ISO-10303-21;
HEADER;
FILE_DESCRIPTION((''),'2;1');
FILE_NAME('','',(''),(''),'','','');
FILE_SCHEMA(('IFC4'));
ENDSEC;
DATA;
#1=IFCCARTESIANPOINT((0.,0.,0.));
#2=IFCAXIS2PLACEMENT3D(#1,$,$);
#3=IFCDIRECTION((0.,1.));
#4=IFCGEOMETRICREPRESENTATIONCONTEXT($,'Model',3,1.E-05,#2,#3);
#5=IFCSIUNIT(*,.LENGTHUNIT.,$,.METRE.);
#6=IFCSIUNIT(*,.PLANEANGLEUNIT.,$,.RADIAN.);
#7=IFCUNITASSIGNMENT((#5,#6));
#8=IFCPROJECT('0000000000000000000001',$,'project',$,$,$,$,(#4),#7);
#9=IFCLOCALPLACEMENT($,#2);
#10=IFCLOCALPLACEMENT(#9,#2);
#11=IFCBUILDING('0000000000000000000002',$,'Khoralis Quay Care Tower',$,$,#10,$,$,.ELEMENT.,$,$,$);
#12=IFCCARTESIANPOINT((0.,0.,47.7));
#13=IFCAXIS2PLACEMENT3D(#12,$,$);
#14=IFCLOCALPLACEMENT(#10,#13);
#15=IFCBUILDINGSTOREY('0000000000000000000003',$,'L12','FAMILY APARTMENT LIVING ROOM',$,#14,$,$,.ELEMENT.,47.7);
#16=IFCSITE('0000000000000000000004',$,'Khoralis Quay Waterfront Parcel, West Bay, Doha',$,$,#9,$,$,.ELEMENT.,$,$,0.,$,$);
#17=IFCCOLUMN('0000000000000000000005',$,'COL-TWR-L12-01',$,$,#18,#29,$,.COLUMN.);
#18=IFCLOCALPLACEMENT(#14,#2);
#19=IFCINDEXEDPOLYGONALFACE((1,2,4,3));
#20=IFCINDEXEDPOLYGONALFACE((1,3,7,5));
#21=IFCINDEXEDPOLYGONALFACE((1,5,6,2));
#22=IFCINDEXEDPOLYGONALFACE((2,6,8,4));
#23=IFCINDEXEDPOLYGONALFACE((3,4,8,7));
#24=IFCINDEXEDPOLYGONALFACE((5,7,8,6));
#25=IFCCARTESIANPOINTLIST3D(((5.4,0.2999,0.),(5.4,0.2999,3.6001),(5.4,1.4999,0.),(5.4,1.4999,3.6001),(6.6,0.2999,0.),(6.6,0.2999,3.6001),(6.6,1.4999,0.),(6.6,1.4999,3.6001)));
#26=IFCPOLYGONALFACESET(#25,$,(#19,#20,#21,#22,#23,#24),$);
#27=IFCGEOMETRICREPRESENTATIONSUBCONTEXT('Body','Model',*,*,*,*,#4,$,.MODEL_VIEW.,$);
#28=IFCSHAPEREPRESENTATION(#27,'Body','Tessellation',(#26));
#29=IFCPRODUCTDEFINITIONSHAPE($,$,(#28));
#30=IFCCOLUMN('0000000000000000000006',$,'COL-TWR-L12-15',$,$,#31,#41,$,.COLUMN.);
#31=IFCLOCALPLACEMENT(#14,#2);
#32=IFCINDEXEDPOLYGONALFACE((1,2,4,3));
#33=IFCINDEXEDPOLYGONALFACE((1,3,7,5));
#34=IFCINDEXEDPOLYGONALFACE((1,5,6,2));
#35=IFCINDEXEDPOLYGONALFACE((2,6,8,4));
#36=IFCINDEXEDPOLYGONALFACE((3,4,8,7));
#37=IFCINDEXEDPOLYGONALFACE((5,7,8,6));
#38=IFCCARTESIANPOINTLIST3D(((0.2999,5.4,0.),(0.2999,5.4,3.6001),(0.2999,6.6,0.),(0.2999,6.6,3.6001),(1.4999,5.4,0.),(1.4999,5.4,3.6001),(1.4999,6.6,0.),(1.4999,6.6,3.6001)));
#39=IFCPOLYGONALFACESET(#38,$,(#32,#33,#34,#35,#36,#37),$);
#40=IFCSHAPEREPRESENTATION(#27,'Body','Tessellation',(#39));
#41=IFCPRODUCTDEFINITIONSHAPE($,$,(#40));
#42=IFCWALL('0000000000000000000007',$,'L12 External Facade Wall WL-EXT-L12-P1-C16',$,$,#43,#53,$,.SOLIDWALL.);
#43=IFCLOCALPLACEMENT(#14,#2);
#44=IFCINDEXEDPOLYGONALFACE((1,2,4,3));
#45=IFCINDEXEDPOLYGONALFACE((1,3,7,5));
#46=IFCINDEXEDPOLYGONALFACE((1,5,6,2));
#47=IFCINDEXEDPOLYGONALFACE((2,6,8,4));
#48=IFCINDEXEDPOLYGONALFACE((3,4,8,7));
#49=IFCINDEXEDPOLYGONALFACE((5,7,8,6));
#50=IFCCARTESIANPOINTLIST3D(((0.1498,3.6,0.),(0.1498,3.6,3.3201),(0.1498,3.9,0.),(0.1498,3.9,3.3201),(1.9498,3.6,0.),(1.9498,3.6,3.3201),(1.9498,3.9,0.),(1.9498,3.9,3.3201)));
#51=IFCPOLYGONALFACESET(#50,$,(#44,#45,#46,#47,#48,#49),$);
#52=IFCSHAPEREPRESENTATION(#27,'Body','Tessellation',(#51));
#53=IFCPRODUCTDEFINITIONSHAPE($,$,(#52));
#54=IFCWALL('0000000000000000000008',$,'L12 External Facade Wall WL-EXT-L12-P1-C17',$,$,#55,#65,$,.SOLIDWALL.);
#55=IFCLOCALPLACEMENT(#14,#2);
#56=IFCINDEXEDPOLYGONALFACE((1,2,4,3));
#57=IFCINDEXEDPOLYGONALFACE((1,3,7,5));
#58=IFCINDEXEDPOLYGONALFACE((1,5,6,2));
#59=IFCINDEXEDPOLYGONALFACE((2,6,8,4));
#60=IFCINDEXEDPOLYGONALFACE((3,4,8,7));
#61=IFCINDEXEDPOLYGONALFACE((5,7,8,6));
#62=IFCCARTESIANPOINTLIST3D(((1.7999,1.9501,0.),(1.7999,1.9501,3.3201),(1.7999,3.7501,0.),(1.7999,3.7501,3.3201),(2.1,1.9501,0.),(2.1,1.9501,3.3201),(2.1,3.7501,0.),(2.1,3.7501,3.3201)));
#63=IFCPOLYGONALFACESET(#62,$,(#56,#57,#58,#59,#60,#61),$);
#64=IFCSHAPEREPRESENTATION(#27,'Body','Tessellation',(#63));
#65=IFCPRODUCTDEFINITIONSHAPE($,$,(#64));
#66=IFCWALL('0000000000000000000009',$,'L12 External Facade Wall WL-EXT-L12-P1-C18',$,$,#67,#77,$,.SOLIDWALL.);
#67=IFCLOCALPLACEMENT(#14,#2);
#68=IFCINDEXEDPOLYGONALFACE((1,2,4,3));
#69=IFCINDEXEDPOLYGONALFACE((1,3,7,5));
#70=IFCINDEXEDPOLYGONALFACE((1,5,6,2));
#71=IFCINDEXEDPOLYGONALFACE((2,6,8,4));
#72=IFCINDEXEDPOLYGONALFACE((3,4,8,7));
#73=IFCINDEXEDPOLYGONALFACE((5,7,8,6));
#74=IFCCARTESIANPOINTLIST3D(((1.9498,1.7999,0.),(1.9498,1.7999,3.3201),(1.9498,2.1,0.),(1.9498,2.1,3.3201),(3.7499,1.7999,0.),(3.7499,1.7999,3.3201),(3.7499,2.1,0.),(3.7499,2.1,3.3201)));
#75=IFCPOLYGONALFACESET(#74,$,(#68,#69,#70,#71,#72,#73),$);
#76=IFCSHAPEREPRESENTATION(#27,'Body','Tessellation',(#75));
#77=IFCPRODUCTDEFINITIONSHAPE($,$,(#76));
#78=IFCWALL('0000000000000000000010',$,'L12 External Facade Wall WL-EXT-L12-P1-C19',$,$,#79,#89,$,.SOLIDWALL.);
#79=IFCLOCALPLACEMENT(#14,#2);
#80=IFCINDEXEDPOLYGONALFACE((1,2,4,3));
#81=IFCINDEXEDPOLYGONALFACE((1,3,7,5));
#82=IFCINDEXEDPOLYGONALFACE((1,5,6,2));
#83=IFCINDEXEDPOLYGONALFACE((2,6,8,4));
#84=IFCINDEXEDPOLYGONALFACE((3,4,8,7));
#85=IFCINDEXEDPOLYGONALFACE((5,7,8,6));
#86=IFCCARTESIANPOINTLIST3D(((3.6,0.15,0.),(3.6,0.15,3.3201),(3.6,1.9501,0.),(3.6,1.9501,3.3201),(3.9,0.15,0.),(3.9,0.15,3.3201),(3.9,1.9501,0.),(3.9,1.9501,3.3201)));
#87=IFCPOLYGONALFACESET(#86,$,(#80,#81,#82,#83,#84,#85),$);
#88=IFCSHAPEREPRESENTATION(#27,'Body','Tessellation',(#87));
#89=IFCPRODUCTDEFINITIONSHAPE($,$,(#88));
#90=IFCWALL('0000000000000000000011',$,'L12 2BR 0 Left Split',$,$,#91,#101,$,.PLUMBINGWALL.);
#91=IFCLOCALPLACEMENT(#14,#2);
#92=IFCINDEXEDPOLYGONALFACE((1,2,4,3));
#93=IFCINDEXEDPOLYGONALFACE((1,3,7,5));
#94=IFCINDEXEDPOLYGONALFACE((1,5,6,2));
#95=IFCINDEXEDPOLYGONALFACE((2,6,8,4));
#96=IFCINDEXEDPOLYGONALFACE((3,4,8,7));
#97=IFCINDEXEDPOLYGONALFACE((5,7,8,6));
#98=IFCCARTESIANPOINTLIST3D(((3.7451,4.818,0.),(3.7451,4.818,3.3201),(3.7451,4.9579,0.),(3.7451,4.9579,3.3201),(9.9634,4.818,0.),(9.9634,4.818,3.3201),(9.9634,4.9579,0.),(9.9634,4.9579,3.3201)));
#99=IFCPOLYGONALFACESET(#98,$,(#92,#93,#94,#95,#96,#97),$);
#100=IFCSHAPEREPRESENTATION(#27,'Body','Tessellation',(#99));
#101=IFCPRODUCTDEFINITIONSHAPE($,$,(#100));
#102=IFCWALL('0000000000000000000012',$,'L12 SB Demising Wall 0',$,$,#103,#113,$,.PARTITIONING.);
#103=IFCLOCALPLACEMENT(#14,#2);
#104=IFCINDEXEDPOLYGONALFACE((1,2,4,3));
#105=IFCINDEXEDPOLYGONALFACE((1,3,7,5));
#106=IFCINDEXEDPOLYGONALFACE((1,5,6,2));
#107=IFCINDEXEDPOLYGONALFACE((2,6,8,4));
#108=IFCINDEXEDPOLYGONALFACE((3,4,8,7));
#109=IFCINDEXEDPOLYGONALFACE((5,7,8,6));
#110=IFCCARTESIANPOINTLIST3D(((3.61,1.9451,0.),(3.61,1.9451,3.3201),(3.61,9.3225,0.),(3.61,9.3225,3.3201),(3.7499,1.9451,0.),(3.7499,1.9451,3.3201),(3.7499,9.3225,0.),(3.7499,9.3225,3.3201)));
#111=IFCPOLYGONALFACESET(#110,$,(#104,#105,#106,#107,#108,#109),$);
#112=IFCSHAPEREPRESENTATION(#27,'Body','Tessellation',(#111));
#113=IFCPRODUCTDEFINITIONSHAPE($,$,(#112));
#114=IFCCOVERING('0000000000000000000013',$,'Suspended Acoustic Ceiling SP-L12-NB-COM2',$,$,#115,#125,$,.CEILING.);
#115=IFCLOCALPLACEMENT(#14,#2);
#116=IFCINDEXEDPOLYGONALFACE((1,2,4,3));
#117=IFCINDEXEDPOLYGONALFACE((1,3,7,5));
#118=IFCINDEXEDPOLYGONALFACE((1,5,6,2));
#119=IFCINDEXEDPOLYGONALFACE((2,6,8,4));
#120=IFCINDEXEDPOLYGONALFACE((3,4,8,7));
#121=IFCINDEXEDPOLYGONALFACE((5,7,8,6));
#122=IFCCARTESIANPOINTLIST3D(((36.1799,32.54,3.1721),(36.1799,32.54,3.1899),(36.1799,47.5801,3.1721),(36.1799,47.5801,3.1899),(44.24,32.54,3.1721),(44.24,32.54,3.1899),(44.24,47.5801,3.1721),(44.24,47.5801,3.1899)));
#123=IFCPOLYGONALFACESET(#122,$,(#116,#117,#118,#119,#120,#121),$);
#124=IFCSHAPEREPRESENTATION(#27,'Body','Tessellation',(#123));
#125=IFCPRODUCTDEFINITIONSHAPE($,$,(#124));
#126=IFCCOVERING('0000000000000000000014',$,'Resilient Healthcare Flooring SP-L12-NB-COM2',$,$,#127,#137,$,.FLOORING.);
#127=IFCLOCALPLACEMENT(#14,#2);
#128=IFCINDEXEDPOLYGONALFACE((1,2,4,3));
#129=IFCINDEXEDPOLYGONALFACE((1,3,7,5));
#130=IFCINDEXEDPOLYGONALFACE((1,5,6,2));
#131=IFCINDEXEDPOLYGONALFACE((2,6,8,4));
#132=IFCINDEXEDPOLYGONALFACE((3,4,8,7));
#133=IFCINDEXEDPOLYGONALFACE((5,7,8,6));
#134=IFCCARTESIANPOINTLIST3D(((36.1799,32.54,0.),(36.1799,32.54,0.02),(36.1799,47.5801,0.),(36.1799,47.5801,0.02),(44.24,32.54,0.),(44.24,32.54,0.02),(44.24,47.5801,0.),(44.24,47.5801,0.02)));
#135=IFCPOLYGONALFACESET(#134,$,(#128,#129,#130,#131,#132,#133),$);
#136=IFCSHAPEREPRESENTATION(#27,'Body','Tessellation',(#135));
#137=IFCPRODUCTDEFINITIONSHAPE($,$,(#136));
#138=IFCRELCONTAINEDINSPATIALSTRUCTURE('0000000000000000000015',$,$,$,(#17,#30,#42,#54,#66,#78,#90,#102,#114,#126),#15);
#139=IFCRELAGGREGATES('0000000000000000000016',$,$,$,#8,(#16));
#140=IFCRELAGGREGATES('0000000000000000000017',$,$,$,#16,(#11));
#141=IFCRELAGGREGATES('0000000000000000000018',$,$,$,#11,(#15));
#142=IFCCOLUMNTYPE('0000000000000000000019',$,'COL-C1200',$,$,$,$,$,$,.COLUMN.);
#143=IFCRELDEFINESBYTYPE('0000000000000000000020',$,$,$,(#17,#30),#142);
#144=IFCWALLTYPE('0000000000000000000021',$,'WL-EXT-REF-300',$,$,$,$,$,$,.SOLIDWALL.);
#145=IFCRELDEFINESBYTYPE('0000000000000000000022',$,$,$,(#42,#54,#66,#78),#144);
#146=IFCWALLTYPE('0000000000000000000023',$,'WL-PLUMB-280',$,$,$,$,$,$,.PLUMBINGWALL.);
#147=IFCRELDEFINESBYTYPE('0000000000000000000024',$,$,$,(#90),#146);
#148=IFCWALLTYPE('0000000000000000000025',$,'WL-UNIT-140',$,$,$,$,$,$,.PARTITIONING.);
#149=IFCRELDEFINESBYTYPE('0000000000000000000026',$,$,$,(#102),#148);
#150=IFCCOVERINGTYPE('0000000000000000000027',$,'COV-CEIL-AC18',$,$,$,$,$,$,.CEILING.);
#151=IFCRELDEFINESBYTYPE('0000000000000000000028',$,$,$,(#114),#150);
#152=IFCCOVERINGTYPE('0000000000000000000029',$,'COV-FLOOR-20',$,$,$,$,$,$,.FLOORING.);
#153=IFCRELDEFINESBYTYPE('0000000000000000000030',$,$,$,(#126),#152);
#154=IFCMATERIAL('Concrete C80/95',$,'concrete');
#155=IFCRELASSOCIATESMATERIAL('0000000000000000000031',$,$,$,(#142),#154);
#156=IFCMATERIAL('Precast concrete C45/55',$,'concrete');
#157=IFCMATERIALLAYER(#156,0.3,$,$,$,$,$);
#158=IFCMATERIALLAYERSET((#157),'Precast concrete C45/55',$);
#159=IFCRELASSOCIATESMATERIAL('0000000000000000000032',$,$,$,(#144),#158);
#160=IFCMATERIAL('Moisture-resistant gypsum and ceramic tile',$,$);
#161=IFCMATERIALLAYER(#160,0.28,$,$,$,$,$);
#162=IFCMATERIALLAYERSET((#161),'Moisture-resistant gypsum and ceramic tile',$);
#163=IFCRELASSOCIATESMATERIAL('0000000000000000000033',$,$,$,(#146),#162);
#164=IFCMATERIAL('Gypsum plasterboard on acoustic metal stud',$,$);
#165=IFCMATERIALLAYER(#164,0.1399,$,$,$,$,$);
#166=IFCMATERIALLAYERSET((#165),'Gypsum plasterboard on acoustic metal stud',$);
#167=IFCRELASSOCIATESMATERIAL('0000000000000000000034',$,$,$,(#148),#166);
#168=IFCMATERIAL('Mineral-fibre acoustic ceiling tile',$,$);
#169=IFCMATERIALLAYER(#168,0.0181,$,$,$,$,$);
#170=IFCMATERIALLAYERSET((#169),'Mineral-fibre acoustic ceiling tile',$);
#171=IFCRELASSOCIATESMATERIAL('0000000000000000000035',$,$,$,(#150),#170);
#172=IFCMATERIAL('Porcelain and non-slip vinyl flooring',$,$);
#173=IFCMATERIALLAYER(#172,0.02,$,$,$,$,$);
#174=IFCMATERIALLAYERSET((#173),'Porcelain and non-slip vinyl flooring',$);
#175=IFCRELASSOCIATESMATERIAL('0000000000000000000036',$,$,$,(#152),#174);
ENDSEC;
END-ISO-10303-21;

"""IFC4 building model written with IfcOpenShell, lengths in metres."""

from ifc_helpers import new_model, si_unit, direction, frame, frame_2d, origin, origin_2d, place, context, subcontext, project, spatial, polyline, rectangle, outline, extrude, source, transform, mapped, material, layer, layer_set, material_profile, profile_set, type_object, element, save


model = new_model("IFC4")

# Units and contexts
model_context = context("Model", 3, precision=1e-05, world=origin(), true_north=direction((0.0, 1.0)))
body_context = subcontext(model_context, "Body", "Model", "MODEL_VIEW")
ifc_project = project(units=[si_unit("LENGTHUNIT", "METRE"), si_unit("PLANEANGLEUNIT", "RADIAN")], contexts=[model_context])

# Site, building, storey
site_placement = place(None, origin())
site = spatial("IfcSite", under=ifc_project, at=site_placement, Name="Khoralis Quay Waterfront Parcel, West Bay, Doha", CompositionType="ELEMENT", RefElevation=0.0)
building_placement = place(site_placement, origin())
building = spatial("IfcBuilding", under=site, at=building_placement, Name="Khoralis Quay Care Tower", CompositionType="ELEMENT")
storey_placement = place(building_placement, frame((0.0, 0.0, 47.7)))
storey = spatial("IfcBuildingStorey", under=building, at=storey_placement, Name="L12", Description="FAMILY APARTMENT LIVING ROOM", CompositionType="ELEMENT", Elevation=47.7)

# Columns
ifc_material_1 = material(Name="Concrete C80/95", Category="concrete")
ifc_material_profile = material_profile(ifc_material_1, rectangle(XDim=1.2, YDim=1.2, at=origin_2d()), Name="Concrete C80/95")
ifc_profile_set = profile_set([ifc_material_profile], Name="Concrete C80/95")
column_type = type_object("IfcColumnType", Name="COL-C1200", PredefinedType="COLUMN", material=ifc_profile_set)
shared_shape_1 = source(origin(), body_context, "Body", "SweptSolid", [
    extrude(rectangle(XDim=1.2, YDim=1.2, at=origin_2d()), origin(), (0.0, 0.0, 1.0), 3.6001),
])
for number, where, z_axis, x_axis, name in (
    (1, (6.0, 0.8999, 0.0), (0.0, 0.0, 1.0), (1.0, 0.0, 0.0), "COL-TWR-L12-01"),
    (2, (0.8999, 6.0, 0.0), (0.0, 0.0, 1.0), (1.0, 0.0, 0.0), "COL-TWR-L12-15"),
):
    element("IfcColumn", number, at=place(storey_placement, frame(where, z_axis=z_axis, x_axis=x_axis)), inside=storey, type_object=column_type, Name=name, PredefinedType="COLUMN", context=body_context, shape_type="MappedRepresentation", body=[
        mapped(shared_shape_1, transform((0.0, 0.0, 0.0), scale=1.0)),
    ])

# Shared definitions
ifc_material_2 = material(Name="Precast concrete C45/55", Category="concrete")
ifc_layer_1 = layer(ifc_material_2, 0.3)
ifc_layer_set_1 = layer_set([ifc_layer_1], Name="Precast concrete C45/55")
wall_type_1 = type_object("IfcWallType", Name="WL-EXT-REF-300", PredefinedType="SOLIDWALL", material=ifc_layer_set_1)

# Walls
for number, where, z_axis, x_axis, name in (
    (3, (0.1499, 3.75, 0.0), (0.0, 0.0, 1.0), (1.0, 0.0, 0.0), "L12 External Facade Wall WL-EXT-L12-P1-C16"),
    (4, (1.95, 3.75, 0.0), (0.0, 0.0, 1.0), (0.0, -1.0, 0.0), "L12 External Facade Wall WL-EXT-L12-P1-C17"),
    (5, (1.95, 1.95, 0.0), (0.0, 0.0, 1.0), (1.0, 0.0, 0.0), "L12 External Facade Wall WL-EXT-L12-P1-C18"),
    (6, (3.75, 1.95, 0.0), (0.0, 0.0, 1.0), (0.0, -1.0, 0.0), "L12 External Facade Wall WL-EXT-L12-P1-C19"),
):
    element("IfcWall", number, at=place(storey_placement, frame(where, z_axis=z_axis, x_axis=x_axis)), inside=storey, type_object=wall_type_1, Name=name, PredefinedType="SOLIDWALL", context=body_context, shape_type="SweptSolid", body=[
        extrude(rectangle(XDim=1.8, YDim=0.3, at=frame_2d((0.8999, 0.0))), origin(), (0.0, 0.0, 1.0), 3.3201),
    ])
ifc_material_3 = material(Name="Moisture-resistant gypsum and ceramic tile")
ifc_layer_2 = layer(ifc_material_3, 0.28)
ifc_layer_set_2 = layer_set([ifc_layer_2], Name="Moisture-resistant gypsum and ceramic tile")
wall_type_2 = type_object("IfcWallType", Name="WL-PLUMB-280", PredefinedType="PLUMBINGWALL", material=ifc_layer_set_2)
wall_1_placement = place(storey_placement, frame((3.7451, 4.8879, 0.0), z_axis=(0.0, 0.0, 1.0), x_axis=(1.0, 0.0, 0.0)))
element("IfcWall", 7, at=wall_1_placement, inside=storey, type_object=wall_type_2, Name="L12 2BR 0 Left Split", PredefinedType="PLUMBINGWALL", context=body_context, shape_type="SweptSolid", body=[
    extrude(rectangle(XDim=6.2183, YDim=0.1399, at=frame_2d((3.1091, 0.0))), origin(), (0.0, 0.0, 1.0), 3.3201),
])
ifc_material_4 = material(Name="Gypsum plasterboard on acoustic metal stud")
ifc_layer_3 = layer(ifc_material_4, 0.1399)
ifc_layer_set_3 = layer_set([ifc_layer_3], Name="Gypsum plasterboard on acoustic metal stud")
wall_type_3 = type_object("IfcWallType", Name="WL-UNIT-140", PredefinedType="PARTITIONING", material=ifc_layer_set_3)
wall_2_placement = place(storey_placement, frame((3.6799, 1.9451, 0.0), z_axis=(0.0, 0.0, 1.0), x_axis=(0.0, 1.0, 0.0)))
element("IfcWall", 8, at=wall_2_placement, inside=storey, type_object=wall_type_3, Name="L12 SB Demising Wall 0", PredefinedType="PARTITIONING", context=body_context, shape_type="SweptSolid", body=[
    extrude(rectangle(XDim=7.3774, YDim=0.1399, at=frame_2d((3.6887, 0.0))), origin(), (0.0, 0.0, 1.0), 3.3201),
])

# Coverings
ifc_material_5 = material(Name="Mineral-fibre acoustic ceiling tile")
ifc_layer_4 = layer(ifc_material_5, 0.0181)
ifc_layer_set_4 = layer_set([ifc_layer_4], Name="Mineral-fibre acoustic ceiling tile")
covering_type_1 = type_object("IfcCoveringType", Name="COV-CEIL-AC18", PredefinedType="CEILING", material=ifc_layer_set_4)
covering_1_placement = place(storey_placement, frame((0.0, 0.0, 3.1721)))
element("IfcCovering", 9, at=covering_1_placement, inside=storey, type_object=covering_type_1, Name="Suspended Acoustic Ceiling SP-L12-NB-COM2", PredefinedType="CEILING", context=body_context, shape_type="SweptSolid", body=[
    extrude(outline(polyline([(36.1799, 32.54), (44.24, 32.54), (44.24, 47.5801), (36.1799, 47.5801), (36.1799, 32.54)])), origin(), (0.0, 0.0, 1.0), 0.0178),
])
ifc_material_6 = material(Name="Porcelain and non-slip vinyl flooring")
ifc_layer_5 = layer(ifc_material_6, 0.02)
ifc_layer_set_5 = layer_set([ifc_layer_5], Name="Porcelain and non-slip vinyl flooring")
covering_type_2 = type_object("IfcCoveringType", Name="COV-FLOOR-20", PredefinedType="FLOORING", material=ifc_layer_set_5)
covering_2_placement = place(storey_placement, origin())
element("IfcCovering", 10, at=covering_2_placement, inside=storey, type_object=covering_type_2, Name="Resilient Healthcare Flooring SP-L12-NB-COM2", PredefinedType="FLOORING", context=body_context, shape_type="SweptSolid", body=[
    extrude(outline(polyline([(36.1799, 32.54), (44.24, 32.54), (44.24, 47.5801), (36.1799, 47.5801), (36.1799, 32.54)])), origin(), (0.0, 0.0, 1.0), 0.02),
])

save(model, "model.ifc")
